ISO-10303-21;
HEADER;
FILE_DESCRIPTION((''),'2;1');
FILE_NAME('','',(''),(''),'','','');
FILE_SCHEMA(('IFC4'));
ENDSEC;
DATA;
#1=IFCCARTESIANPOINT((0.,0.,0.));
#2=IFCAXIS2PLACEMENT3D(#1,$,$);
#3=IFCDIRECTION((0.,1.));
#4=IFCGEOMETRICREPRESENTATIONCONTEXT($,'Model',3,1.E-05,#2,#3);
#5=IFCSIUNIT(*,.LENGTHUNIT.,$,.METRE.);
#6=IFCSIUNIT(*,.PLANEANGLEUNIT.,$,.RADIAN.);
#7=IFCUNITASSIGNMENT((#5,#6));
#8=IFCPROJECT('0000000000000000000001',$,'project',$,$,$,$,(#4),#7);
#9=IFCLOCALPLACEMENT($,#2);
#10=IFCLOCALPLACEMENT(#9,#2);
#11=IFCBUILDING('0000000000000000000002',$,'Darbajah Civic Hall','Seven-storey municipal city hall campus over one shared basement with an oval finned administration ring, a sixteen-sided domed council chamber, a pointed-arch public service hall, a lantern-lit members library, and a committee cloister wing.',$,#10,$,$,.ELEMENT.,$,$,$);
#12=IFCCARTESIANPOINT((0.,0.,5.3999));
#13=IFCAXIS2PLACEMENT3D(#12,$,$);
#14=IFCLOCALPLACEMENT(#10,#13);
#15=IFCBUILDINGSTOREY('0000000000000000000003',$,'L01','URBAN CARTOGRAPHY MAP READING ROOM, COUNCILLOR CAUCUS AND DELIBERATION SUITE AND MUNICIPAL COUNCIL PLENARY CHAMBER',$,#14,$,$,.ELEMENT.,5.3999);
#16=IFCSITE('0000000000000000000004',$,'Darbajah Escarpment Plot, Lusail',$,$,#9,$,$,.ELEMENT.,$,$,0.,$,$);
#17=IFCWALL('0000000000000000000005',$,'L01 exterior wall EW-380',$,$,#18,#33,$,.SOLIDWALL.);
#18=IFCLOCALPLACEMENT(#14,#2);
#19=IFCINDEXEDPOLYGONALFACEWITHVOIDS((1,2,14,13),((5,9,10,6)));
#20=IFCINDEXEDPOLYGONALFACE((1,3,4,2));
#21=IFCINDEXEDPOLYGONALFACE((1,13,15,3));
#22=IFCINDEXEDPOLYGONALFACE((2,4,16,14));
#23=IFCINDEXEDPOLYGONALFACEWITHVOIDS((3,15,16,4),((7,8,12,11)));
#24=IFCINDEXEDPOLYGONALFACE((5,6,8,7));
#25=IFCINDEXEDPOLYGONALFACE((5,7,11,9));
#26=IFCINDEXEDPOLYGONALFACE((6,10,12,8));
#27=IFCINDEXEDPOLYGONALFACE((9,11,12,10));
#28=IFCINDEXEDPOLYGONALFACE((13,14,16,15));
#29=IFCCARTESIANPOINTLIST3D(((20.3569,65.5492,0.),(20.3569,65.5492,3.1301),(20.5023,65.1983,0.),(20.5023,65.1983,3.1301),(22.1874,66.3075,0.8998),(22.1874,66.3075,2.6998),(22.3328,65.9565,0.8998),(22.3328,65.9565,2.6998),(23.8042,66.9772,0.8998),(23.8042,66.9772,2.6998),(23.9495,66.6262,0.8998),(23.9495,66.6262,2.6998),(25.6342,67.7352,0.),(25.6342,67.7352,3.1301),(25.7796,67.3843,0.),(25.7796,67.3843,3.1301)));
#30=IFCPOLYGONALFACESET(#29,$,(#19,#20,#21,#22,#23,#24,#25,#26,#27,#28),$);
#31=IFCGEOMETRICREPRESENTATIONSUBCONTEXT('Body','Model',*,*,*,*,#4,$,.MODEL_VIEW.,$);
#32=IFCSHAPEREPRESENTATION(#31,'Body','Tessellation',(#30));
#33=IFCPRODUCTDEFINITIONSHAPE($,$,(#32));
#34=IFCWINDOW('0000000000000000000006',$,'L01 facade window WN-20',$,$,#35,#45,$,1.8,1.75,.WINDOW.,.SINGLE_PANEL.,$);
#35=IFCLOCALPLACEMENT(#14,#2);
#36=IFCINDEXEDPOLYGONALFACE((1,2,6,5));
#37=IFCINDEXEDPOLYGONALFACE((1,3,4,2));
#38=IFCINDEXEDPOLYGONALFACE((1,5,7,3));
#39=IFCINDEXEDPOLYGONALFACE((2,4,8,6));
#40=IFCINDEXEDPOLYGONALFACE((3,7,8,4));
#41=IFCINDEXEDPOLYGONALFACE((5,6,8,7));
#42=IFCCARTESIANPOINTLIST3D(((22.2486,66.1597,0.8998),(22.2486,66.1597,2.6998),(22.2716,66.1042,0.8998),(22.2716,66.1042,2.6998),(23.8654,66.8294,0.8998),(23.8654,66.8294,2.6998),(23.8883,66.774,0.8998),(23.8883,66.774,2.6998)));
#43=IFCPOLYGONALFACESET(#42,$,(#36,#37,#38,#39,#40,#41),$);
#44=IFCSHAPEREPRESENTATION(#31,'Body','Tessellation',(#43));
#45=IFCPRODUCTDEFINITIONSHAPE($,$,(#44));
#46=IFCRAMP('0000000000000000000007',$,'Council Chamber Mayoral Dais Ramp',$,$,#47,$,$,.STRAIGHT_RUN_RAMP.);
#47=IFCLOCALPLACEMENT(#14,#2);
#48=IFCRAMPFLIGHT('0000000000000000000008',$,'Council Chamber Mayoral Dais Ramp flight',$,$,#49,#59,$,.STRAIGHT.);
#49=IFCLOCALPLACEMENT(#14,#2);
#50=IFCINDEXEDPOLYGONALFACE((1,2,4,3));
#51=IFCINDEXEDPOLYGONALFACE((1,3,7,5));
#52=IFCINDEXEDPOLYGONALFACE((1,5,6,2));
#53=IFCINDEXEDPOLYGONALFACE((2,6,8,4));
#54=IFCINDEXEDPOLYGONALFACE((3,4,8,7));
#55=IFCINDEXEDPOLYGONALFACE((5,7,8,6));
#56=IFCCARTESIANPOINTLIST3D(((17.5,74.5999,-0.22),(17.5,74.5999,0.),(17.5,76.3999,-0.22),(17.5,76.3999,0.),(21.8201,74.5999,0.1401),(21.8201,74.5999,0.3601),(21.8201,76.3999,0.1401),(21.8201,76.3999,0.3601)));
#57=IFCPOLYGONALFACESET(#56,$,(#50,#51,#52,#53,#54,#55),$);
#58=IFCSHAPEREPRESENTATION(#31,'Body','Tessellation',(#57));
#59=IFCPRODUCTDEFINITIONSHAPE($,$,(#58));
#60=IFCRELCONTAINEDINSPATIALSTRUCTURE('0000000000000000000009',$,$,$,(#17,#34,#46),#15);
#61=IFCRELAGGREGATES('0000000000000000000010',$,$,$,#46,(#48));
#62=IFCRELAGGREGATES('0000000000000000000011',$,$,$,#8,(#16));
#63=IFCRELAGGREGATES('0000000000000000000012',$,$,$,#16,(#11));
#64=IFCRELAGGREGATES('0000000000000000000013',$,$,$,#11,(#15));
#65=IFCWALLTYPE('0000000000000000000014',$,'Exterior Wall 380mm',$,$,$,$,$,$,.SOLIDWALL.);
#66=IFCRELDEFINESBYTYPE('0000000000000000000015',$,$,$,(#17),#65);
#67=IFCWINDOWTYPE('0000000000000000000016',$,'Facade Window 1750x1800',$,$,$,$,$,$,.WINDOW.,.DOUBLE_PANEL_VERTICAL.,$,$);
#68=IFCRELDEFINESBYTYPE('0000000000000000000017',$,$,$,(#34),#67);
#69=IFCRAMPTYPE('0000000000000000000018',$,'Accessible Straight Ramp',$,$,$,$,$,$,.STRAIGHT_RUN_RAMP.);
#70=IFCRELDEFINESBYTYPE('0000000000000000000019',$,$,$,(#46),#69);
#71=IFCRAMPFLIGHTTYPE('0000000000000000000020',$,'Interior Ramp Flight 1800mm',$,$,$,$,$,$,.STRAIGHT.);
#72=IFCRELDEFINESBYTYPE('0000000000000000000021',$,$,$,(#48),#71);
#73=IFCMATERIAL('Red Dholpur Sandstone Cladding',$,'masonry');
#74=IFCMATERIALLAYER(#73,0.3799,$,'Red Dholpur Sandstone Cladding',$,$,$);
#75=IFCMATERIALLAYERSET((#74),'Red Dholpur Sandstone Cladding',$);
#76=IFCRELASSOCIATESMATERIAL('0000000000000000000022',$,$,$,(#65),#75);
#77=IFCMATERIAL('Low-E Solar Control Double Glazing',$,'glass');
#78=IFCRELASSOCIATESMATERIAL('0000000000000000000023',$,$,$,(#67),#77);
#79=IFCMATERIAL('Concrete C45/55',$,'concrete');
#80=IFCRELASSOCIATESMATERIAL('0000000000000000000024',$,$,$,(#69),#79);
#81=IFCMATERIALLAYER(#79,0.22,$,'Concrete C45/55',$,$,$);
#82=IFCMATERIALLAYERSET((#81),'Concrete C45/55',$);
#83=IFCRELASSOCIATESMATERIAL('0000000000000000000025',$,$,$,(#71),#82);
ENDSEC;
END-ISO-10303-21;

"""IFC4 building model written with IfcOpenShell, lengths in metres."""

from ifc_helpers import new_model, si_unit, direction, frame, frame_2d, origin, place, context, subcontext, project, spatial, polyline, rectangle, outline, extrude, material, layer, layer_set, type_object, element, fill, aggregate, save


model = new_model("IFC4")

# Units and contexts
model_context = context("Model", 3, precision=1e-05, world=origin(), true_north=direction((0.0, 1.0)))
body_context = subcontext(model_context, "Body", "Model", "MODEL_VIEW")
ifc_project = project(units=[si_unit("LENGTHUNIT", "METRE"), si_unit("PLANEANGLEUNIT", "RADIAN")], contexts=[model_context])

# Site, building, storey
site_placement = place(None, origin())
site = spatial("IfcSite", under=ifc_project, at=site_placement, Name="Darbajah Escarpment Plot, Lusail", CompositionType="ELEMENT", RefElevation=0.0)
building_placement = place(site_placement, origin())
building = spatial("IfcBuilding", under=site, at=building_placement, Name="Darbajah Civic Hall", Description="Seven-storey municipal city hall campus over one shared basement with an oval finned administration ring, a sixteen-sided domed council chamber, a pointed-arch public service hall, a lantern-lit members library, and a committee cloister wing.", CompositionType="ELEMENT")
storey_placement = place(building_placement, frame((0.0, 0.0, 5.3999)))
storey = spatial("IfcBuildingStorey", under=building, at=storey_placement, Name="L01", Description="URBAN CARTOGRAPHY MAP READING ROOM, COUNCILLOR CAUCUS AND DELIBERATION SUITE AND MUNICIPAL COUNCIL PLENARY CHAMBER", CompositionType="ELEMENT", Elevation=5.3999)

# Shared definitions
ifc_material_1 = material(Name="Concrete C45/55", Category="concrete")

# Wall, opening, window
ifc_material_2 = material(Name="Red Dholpur Sandstone Cladding", Category="masonry")
ifc_layer_1 = layer(ifc_material_2, 0.3799, Name="Red Dholpur Sandstone Cladding")
ifc_layer_set_1 = layer_set([ifc_layer_1], Name="Red Dholpur Sandstone Cladding")
wall_type_1 = type_object("IfcWallType", Name="Exterior Wall 380mm", PredefinedType="SOLIDWALL", material=ifc_layer_set_1)
ifc_material_3 = material(Name="Low-E Solar Control Double Glazing", Category="glass")
wall_1_placement = place(storey_placement, frame((20.4297, 65.3738, 0.0), z_axis=(0.0, 0.0, 1.0), x_axis=(0.923874, 0.382697, 0.0)))
wall_1 = element("IfcWall", 1, at=wall_1_placement, inside=storey, type_object=wall_type_1, Name="L01 exterior wall EW-380", PredefinedType="SOLIDWALL", context=body_context, shape_type="SweptSolid", body=[
    extrude(rectangle(XDim=5.7122, YDim=0.3799, at=frame_2d((2.856, 0.0))), origin(), (0.0, 0.0, 1.0), 3.1301),
])
opening_1_placement = place(wall_1_placement, frame((1.9812, 0.0, 0.8999)))
opening_1 = element("IfcOpeningElement", 2, at=opening_1_placement, cuts=wall_1, PredefinedType="OPENING", context=body_context, shape_type="SweptSolid", body=[
    extrude(rectangle(XDim=1.75, YDim=1.8, at=frame_2d((0.875, 0.8999))), frame((0.0, 0.2, 0.0), z_axis=(0.0, -1.0, 0.0), x_axis=(1.0, 0.0, 0.0)), (0.0, 0.0, 1.0), 0.3999),
])
window_type_1 = type_object("IfcWindowType", Name="Facade Window 1750x1800", PartitioningType="DOUBLE_PANEL_VERTICAL", PredefinedType="WINDOW", material=ifc_material_3)
window_1_placement = place(opening_1_placement, origin())
window_1 = element("IfcWindow", 3, at=window_1_placement, inside=storey, type_object=window_type_1, Name="L01 facade window WN-20", OverallHeight=1.8, OverallWidth=1.75, PartitioningType="SINGLE_PANEL", PredefinedType="WINDOW", context=body_context, shape_type="SweptSolid", body=[
    extrude(rectangle(XDim=1.75, YDim=1.8, at=frame_2d((0.875, 0.8999))), frame((0.0, 0.03, 0.0), z_axis=(0.0, -1.0, 0.0), x_axis=(1.0, 0.0, 0.0)), (0.0, 0.0, 1.0), 0.0601),
])
fill(opening_1, window_1)

# Ramp, ramp flight
ramp_type = type_object("IfcRampType", Name="Accessible Straight Ramp", PredefinedType="STRAIGHT_RUN_RAMP", material=ifc_material_1)
ramp_placement = place(storey_placement, origin())
ramp = element("IfcRamp", 4, at=ramp_placement, inside=storey, type_object=ramp_type, Name="Council Chamber Mayoral Dais Ramp", PredefinedType="STRAIGHT_RUN_RAMP")
ifc_layer_2 = layer(ifc_material_1, 0.22, Name="Concrete C45/55")
ifc_layer_set_2 = layer_set([ifc_layer_2], Name="Concrete C45/55")
ramp_flight_type = type_object("IfcRampFlightType", Name="Interior Ramp Flight 1800mm", PredefinedType="STRAIGHT", material=ifc_layer_set_2)
ramp_flight_placement = place(storey_placement, frame((17.5, 75.5, 0.0), z_axis=(0.0, 0.0, 1.0), x_axis=(1.0, 0.0, 0.0)))
ramp_flight = element("IfcRampFlight", 5, at=ramp_flight_placement, type_object=ramp_flight_type, Name="Council Chamber Mayoral Dais Ramp flight", PredefinedType="STRAIGHT", context=body_context, shape_type="SweptSolid", body=[
    extrude(outline(polyline([(0.0, 0.0), (4.3201, 0.3601), (4.3201, 0.1401), (0.0, -0.22), (0.0, 0.0)])), frame((0.0, 0.8999, 0.0), z_axis=(0.0, -1.0, 0.0), x_axis=(1.0, 0.0, 0.0)), (0.0, 0.0, 1.0), 1.8),
])
aggregate(ramp, [ramp_flight])

save(model, "model.ifc")
